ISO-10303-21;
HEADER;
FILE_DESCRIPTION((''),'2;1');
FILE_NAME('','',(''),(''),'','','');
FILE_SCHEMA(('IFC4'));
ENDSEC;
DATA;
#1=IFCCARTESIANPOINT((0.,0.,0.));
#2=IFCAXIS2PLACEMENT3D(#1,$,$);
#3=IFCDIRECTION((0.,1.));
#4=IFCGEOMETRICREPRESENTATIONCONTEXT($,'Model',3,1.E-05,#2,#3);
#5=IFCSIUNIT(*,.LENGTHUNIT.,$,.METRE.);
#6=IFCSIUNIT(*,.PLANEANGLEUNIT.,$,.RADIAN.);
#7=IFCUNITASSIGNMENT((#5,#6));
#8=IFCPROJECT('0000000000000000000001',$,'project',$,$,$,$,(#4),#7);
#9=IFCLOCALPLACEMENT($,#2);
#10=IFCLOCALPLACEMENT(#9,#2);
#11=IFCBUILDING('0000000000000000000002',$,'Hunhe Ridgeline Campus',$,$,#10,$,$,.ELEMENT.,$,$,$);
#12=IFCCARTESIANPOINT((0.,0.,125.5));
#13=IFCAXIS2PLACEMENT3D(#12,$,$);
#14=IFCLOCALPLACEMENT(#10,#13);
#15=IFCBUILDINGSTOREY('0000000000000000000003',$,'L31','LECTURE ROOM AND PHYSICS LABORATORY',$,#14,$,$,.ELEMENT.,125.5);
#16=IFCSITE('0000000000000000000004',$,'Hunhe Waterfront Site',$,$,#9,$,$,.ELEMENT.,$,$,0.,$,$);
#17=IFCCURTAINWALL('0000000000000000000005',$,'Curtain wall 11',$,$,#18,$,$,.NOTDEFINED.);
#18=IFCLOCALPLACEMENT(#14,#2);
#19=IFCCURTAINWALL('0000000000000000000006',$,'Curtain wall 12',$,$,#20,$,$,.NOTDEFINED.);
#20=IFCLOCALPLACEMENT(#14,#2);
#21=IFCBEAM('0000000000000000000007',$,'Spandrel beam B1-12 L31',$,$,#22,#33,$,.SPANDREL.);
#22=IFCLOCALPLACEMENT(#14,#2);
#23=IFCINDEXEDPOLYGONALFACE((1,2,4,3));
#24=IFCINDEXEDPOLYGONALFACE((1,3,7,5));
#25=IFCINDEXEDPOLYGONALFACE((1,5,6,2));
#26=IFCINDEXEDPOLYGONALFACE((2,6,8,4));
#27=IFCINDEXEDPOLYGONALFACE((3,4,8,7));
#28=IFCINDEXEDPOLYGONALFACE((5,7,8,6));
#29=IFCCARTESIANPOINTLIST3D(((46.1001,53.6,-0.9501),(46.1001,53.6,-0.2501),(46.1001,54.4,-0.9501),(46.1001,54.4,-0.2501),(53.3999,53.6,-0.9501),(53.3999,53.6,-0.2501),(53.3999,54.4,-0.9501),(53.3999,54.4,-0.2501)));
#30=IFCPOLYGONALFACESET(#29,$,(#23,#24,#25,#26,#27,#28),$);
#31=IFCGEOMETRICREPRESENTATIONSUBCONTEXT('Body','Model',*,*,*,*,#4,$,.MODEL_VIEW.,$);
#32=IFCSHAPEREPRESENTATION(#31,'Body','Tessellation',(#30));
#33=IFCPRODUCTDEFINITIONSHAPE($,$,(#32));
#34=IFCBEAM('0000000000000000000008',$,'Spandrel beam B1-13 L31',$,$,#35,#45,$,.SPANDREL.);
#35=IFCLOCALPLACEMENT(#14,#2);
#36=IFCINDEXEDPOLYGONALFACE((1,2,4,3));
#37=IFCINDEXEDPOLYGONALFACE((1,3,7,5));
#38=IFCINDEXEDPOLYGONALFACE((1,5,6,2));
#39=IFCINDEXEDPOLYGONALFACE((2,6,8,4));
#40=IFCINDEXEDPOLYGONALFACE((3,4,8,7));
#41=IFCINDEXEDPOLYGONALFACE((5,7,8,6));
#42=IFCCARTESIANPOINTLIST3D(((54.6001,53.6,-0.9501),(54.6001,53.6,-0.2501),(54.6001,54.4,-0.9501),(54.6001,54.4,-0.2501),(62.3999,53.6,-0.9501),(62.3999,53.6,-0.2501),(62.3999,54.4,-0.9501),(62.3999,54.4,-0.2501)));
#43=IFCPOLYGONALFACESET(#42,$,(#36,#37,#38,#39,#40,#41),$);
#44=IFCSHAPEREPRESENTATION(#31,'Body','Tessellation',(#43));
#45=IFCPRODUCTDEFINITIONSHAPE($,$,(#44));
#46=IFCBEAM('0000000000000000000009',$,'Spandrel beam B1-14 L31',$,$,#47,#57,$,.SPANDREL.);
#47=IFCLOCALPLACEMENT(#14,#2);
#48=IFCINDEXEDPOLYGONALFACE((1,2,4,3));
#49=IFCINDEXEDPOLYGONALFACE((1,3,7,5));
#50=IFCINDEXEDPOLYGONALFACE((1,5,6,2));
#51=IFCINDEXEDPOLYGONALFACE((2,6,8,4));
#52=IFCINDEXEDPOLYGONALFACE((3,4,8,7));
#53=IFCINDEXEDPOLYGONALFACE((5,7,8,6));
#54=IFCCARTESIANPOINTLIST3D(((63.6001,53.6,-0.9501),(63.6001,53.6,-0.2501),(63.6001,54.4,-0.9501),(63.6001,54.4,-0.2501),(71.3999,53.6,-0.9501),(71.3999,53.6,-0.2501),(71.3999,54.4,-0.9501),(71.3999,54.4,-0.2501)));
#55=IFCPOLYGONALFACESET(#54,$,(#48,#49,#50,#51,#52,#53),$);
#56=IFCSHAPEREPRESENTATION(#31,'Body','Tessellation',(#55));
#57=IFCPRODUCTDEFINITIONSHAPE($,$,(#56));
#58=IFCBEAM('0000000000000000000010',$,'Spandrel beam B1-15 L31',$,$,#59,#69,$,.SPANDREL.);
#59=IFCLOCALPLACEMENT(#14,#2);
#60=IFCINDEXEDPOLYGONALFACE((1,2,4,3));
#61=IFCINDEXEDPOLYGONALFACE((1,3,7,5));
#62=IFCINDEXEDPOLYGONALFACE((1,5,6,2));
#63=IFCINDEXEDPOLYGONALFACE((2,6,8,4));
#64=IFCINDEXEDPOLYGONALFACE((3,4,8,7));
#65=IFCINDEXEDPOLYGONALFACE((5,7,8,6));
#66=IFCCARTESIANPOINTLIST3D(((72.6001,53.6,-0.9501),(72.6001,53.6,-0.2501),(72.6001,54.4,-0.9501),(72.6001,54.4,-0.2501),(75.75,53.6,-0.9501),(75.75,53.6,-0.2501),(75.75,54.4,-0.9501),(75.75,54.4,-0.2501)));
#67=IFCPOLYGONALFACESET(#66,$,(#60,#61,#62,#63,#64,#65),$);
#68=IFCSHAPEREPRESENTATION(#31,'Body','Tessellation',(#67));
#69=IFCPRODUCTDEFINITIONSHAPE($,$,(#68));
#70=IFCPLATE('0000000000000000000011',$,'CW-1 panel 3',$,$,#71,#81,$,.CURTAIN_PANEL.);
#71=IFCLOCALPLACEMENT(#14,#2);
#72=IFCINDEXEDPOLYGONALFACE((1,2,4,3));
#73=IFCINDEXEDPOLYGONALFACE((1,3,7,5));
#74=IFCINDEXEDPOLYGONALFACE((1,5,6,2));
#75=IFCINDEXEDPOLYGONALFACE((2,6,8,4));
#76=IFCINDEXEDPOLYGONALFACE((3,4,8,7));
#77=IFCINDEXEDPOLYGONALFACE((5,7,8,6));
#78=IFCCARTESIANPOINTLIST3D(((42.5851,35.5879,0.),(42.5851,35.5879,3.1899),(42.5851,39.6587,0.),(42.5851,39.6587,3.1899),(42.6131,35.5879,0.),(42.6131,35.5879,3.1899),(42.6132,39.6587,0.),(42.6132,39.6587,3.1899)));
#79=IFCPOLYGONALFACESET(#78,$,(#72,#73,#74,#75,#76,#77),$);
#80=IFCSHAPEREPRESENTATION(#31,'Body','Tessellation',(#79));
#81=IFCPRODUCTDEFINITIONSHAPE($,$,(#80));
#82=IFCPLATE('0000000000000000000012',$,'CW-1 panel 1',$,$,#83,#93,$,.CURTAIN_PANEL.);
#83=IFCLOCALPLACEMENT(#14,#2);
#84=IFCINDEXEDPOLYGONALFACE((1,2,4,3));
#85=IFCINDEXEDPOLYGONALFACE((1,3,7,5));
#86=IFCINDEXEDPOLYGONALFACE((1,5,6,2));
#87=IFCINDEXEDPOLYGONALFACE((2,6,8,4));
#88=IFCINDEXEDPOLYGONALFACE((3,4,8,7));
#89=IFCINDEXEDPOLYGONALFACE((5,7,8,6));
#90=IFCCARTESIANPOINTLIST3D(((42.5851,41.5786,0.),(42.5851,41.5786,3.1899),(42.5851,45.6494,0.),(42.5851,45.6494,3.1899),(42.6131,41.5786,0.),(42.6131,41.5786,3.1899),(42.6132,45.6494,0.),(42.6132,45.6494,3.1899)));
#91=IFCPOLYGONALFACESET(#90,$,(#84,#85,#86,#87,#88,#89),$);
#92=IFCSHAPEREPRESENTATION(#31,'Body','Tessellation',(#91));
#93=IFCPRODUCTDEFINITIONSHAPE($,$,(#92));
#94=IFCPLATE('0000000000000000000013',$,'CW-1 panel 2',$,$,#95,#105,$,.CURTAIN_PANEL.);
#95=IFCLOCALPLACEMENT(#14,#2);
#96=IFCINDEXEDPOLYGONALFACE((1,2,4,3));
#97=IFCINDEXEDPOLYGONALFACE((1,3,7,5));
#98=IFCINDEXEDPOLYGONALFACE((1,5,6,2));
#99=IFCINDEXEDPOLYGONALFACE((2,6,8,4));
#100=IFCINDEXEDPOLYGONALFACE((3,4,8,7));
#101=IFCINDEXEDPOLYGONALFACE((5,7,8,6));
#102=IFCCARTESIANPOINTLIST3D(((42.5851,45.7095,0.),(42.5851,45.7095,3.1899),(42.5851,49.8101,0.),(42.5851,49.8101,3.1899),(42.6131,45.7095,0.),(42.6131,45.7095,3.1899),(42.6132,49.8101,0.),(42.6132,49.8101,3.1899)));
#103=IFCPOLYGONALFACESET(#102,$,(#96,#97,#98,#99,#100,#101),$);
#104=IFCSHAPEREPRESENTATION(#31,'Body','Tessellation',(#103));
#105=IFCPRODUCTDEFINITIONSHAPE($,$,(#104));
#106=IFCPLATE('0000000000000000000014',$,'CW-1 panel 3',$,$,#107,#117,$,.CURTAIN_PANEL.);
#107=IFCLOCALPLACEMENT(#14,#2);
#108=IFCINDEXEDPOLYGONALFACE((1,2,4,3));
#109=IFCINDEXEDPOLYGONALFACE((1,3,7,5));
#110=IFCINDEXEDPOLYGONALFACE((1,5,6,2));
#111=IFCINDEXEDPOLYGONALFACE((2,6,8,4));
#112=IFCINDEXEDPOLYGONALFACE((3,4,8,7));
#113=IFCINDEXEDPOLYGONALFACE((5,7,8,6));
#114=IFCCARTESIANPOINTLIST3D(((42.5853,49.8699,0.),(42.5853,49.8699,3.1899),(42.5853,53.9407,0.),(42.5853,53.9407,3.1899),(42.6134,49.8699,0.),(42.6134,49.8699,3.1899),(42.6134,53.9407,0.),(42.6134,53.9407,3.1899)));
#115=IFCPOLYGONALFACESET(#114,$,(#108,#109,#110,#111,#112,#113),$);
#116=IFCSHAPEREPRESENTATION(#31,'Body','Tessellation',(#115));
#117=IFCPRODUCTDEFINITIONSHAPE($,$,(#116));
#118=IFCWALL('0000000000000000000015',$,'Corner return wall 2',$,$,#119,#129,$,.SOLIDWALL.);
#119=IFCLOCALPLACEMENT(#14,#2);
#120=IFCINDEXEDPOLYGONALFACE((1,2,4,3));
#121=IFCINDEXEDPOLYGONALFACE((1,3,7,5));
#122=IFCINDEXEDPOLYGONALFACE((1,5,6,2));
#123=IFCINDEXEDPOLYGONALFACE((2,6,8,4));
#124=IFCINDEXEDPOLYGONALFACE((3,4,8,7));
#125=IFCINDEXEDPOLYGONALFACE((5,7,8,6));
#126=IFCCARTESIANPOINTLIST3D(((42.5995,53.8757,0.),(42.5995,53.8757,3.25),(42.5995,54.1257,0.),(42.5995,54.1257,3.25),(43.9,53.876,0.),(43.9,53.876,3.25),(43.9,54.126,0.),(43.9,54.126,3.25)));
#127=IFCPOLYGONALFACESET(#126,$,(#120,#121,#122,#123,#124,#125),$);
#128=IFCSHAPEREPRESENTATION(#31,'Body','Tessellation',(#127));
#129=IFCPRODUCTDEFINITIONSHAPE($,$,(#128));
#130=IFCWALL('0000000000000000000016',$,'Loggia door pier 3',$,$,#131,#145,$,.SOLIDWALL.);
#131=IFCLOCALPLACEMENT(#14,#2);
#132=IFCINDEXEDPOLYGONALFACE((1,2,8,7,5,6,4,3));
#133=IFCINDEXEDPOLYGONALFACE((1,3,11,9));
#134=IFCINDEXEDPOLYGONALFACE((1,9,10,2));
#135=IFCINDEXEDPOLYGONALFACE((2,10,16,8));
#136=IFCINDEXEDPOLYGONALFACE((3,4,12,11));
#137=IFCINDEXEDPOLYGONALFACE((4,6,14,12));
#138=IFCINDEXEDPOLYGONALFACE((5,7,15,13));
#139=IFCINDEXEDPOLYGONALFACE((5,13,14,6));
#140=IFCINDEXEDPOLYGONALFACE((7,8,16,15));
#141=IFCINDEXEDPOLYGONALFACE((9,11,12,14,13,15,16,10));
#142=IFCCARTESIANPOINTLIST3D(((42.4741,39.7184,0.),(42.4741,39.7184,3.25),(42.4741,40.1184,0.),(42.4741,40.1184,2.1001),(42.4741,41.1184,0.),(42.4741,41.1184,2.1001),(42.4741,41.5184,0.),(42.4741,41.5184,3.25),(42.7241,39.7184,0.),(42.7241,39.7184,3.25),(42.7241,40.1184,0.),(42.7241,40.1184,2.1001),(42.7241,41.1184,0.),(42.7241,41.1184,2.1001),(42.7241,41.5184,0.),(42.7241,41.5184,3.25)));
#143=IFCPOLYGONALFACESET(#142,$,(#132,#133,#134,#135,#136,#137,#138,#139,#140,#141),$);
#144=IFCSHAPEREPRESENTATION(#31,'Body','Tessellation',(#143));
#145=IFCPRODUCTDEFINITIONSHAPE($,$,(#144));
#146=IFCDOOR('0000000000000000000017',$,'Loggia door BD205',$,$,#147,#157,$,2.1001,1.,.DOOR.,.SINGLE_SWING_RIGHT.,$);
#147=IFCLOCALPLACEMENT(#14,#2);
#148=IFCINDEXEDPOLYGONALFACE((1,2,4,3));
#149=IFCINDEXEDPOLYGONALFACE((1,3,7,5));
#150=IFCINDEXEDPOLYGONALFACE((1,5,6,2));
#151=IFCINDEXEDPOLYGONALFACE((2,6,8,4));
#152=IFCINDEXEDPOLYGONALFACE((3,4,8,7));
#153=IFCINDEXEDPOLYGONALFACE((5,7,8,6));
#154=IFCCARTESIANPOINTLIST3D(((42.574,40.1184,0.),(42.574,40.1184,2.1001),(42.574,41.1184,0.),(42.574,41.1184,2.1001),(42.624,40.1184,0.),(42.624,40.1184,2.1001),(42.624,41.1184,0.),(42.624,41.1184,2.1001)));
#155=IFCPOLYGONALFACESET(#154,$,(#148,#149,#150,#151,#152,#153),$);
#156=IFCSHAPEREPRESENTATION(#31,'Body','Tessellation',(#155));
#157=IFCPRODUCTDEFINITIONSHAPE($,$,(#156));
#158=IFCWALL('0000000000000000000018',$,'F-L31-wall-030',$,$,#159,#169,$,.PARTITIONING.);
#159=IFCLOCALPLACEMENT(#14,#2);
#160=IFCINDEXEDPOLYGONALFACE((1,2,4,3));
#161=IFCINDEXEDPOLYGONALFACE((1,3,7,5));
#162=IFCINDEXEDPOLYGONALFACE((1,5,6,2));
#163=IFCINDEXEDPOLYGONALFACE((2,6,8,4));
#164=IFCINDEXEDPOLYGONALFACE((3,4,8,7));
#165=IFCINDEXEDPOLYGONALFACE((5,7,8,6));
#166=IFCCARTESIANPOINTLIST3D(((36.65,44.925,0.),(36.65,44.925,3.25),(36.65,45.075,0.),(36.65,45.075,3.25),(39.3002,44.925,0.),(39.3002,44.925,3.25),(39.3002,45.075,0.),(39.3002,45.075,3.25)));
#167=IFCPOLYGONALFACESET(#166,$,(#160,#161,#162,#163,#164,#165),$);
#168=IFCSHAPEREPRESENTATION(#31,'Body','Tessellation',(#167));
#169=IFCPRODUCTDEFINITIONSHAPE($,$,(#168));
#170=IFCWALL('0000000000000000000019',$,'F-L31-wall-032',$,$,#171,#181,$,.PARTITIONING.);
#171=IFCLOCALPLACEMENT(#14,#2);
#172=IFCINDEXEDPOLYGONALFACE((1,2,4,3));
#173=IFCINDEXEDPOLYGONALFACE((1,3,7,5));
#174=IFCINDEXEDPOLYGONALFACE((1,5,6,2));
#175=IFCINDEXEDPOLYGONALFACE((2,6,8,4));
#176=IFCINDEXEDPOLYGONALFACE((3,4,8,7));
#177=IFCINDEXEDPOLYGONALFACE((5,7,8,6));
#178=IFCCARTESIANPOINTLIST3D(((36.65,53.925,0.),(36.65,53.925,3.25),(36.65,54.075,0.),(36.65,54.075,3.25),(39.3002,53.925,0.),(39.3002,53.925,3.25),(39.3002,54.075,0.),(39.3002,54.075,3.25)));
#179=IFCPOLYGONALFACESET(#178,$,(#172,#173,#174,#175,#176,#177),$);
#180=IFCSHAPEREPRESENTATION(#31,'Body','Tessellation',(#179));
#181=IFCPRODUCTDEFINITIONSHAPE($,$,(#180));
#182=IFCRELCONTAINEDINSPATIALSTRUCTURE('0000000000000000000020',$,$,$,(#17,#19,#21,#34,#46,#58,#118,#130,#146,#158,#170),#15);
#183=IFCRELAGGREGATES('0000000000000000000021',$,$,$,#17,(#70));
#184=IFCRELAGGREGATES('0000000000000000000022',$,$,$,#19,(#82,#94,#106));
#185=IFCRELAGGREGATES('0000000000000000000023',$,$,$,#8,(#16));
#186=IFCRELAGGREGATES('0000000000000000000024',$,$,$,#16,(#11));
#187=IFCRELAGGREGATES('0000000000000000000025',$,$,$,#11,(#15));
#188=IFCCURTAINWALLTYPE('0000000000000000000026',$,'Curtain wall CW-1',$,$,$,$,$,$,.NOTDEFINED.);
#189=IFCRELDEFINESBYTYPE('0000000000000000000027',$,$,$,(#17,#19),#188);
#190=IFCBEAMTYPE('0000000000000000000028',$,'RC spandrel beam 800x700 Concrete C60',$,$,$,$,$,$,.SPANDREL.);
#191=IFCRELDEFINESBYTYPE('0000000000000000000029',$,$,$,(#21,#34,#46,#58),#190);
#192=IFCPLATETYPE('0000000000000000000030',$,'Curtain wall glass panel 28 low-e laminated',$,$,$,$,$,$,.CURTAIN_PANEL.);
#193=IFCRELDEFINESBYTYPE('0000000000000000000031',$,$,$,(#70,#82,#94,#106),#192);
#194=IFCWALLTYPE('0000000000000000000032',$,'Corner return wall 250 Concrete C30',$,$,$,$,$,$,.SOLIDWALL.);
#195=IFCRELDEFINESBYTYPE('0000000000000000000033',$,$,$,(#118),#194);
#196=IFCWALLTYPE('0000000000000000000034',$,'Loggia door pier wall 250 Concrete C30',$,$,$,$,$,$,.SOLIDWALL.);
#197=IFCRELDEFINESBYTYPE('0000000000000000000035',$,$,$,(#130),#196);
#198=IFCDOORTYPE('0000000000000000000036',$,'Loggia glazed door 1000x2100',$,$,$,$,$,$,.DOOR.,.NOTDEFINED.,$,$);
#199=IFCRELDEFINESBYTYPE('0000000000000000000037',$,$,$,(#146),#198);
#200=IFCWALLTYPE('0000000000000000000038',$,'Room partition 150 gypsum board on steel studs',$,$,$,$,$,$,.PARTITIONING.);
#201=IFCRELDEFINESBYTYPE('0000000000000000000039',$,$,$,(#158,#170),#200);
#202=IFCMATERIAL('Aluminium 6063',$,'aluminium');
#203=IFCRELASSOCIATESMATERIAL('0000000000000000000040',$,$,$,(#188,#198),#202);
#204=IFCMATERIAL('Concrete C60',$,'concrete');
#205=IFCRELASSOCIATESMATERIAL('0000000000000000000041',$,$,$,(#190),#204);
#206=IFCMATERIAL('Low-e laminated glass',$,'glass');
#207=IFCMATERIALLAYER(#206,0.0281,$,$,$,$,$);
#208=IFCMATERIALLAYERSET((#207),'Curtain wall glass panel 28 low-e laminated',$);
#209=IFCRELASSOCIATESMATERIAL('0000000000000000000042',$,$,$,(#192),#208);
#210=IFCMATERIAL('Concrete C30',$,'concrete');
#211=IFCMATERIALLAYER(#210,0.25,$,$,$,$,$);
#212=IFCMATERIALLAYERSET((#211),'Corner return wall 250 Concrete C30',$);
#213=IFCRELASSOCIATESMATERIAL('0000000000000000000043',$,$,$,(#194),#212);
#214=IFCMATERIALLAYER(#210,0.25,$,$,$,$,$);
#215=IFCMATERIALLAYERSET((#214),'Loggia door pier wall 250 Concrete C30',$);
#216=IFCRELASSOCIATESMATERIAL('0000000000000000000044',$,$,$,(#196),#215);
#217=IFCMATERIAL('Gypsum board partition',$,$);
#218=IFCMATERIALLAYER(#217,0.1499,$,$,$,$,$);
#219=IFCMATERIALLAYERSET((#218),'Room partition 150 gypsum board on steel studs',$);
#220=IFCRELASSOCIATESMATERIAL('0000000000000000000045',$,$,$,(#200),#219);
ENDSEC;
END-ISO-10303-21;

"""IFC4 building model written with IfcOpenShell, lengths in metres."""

from ifc_helpers import new_model, si_unit, direction, frame, frame_2d, origin, origin_2d, place, context, subcontext, project, spatial, rectangle, extrude, material, layer, layer_set, material_profile, profile_set, type_object, element, fill, aggregate, save


model = new_model("IFC4")

# Units and contexts
model_context = context("Model", 3, precision=1e-05, world=origin(), true_north=direction((0.0, 1.0)))
body_context = subcontext(model_context, "Body", "Model", "MODEL_VIEW")
ifc_project = project(units=[si_unit("LENGTHUNIT", "METRE"), si_unit("PLANEANGLEUNIT", "RADIAN")], contexts=[model_context])

# Site, building, storey
site_placement = place(None, origin())
site = spatial("IfcSite", under=ifc_project, at=site_placement, Name="Hunhe Waterfront Site", CompositionType="ELEMENT", RefElevation=0.0)
building_placement = place(site_placement, origin())
building = spatial("IfcBuilding", under=site, at=building_placement, Name="Hunhe Ridgeline Campus", CompositionType="ELEMENT")
storey_placement = place(building_placement, frame((0.0, 0.0, 125.5)))
storey = spatial("IfcBuildingStorey", under=building, at=storey_placement, Name="L31", Description="LECTURE ROOM AND PHYSICS LABORATORY", CompositionType="ELEMENT", Elevation=125.5)

# Curtain wall
ifc_material_1 = material(Name="Aluminium 6063", Category="aluminium")
curtain_wall_type = type_object("IfcCurtainWallType", Name="Curtain wall CW-1", PredefinedType="NOTDEFINED", material=ifc_material_1)
curtain_wall_1_placement = place(storey_placement, origin())
curtain_wall_1 = element("IfcCurtainWall", 1, at=curtain_wall_1_placement, inside=storey, type_object=curtain_wall_type, Name="Curtain wall 11", PredefinedType="NOTDEFINED")

# Curtain wall
curtain_wall_2_placement = place(storey_placement, origin())
curtain_wall_2 = element("IfcCurtainWall", 2, at=curtain_wall_2_placement, inside=storey, type_object=curtain_wall_type, Name="Curtain wall 12", PredefinedType="NOTDEFINED")

# Beams
ifc_material_2 = material(Name="Concrete C60", Category="concrete")
ifc_material_profile_1 = material_profile(ifc_material_2, rectangle(XDim=0.8, YDim=0.7, at=origin_2d()))
ifc_profile_set_1 = profile_set([ifc_material_profile_1], Name="Concrete C60")
beam_type = type_object("IfcBeamType", Name="RC spandrel beam 800x700 Concrete C60", PredefinedType="SPANDREL", material=ifc_profile_set_1)
beam_1_placement = place(storey_placement, frame((46.1001, 54.0, -0.6001), z_axis=(1.0, 0.0, 0.0), x_axis=(0.0, 1.0, 0.0)))
element("IfcBeam", 3, at=beam_1_placement, inside=storey, type_object=beam_type, Name="Spandrel beam B1-12 L31", PredefinedType="SPANDREL", context=body_context, shape_type="SweptSolid", body=[
    extrude(rectangle(XDim=0.8, YDim=0.7, at=origin_2d()), origin(), (0.0, 0.0, 1.0), 7.2998),
])
for number, where, z_axis, x_axis, name in (
    (4, (54.6001, 54.0, -0.6001), (1.0, 0.0, 0.0), (0.0, 1.0, 0.0), "Spandrel beam B1-13 L31"),
    (5, (63.6001, 54.0, -0.6001), (1.0, 0.0, 0.0), (0.0, 1.0, 0.0), "Spandrel beam B1-14 L31"),
):
    element("IfcBeam", number, at=place(storey_placement, frame(where, z_axis=z_axis, x_axis=x_axis)), inside=storey, type_object=beam_type, Name=name, PredefinedType="SPANDREL", context=body_context, shape_type="SweptSolid", body=[
        extrude(rectangle(XDim=0.8, YDim=0.7, at=origin_2d()), origin(), (0.0, 0.0, 1.0), 7.7998),
    ])
beam_2_placement = place(storey_placement, frame((72.6001, 54.0, -0.6001), z_axis=(1.0, 0.0, 0.0), x_axis=(0.0, 1.0, 0.0)))
element("IfcBeam", 6, at=beam_2_placement, inside=storey, type_object=beam_type, Name="Spandrel beam B1-15 L31", PredefinedType="SPANDREL", context=body_context, shape_type="SweptSolid", body=[
    extrude(rectangle(XDim=0.8, YDim=0.7, at=origin_2d()), origin(), (0.0, 0.0, 1.0), 3.1499),
])

# Plates
ifc_material_3 = material(Name="Low-e laminated glass", Category="glass")
ifc_layer_1 = layer(ifc_material_3, 0.0281)
ifc_layer_set_1 = layer_set([ifc_layer_1], Name="Curtain wall glass panel 28 low-e laminated")
plate_type = type_object("IfcPlateType", Name="Curtain wall glass panel 28 low-e laminated", PredefinedType="CURTAIN_PANEL", material=ifc_layer_set_1)
plate_1_placement = place(storey_placement, frame((42.5991, 37.6233, 0.0), z_axis=(0.0, 0.0, 1.0), x_axis=(0.000011, 1.0, 0.0)))
plate_1 = element("IfcPlate", 7, at=plate_1_placement, type_object=plate_type, Name="CW-1 panel 3", PredefinedType="CURTAIN_PANEL", context=body_context, shape_type="SweptSolid", body=[
    extrude(rectangle(XDim=4.0708, YDim=0.0281, at=origin_2d()), origin(), (0.0, 0.0, 1.0), 3.1899),
])
aggregate(curtain_wall_1, [plate_1])
plate_2_placement = place(storey_placement, frame((42.5991, 43.614, 0.0), z_axis=(0.0, 0.0, 1.0), x_axis=(0.000011, 1.0, 0.0)))
plate_2 = element("IfcPlate", 8, at=plate_2_placement, type_object=plate_type, Name="CW-1 panel 1", PredefinedType="CURTAIN_PANEL", context=body_context, shape_type="SweptSolid", body=[
    extrude(rectangle(XDim=4.0708, YDim=0.0281, at=origin_2d()), origin(), (0.0, 0.0, 1.0), 3.1899),
])
plate_3_placement = place(storey_placement, frame((42.5991, 47.7598, 0.0), z_axis=(0.0, 0.0, 1.0), x_axis=(0.000011, 1.0, 0.0)))
plate_3 = element("IfcPlate", 9, at=plate_3_placement, type_object=plate_type, Name="CW-1 panel 2", PredefinedType="CURTAIN_PANEL", context=body_context, shape_type="SweptSolid", body=[
    extrude(rectangle(XDim=4.1006, YDim=0.0281, at=origin_2d()), origin(), (0.0, 0.0, 1.0), 3.1899),
])
plate_4_placement = place(storey_placement, frame((42.5994, 51.9053, 0.0), z_axis=(0.0, 0.0, 1.0), x_axis=(0.000011, 1.0, 0.0)))
plate_4 = element("IfcPlate", 10, at=plate_4_placement, type_object=plate_type, Name="CW-1 panel 3", PredefinedType="CURTAIN_PANEL", context=body_context, shape_type="SweptSolid", body=[
    extrude(rectangle(XDim=4.0708, YDim=0.0281, at=origin_2d()), origin(), (0.0, 0.0, 1.0), 3.1899),
])
aggregate(curtain_wall_2, [plate_2, plate_3, plate_4])

# Wall
ifc_material_4 = material(Name="Concrete C30", Category="concrete")
ifc_layer_2 = layer(ifc_material_4, 0.25)
ifc_layer_set_2 = layer_set([ifc_layer_2], Name="Corner return wall 250 Concrete C30")
wall_type_1 = type_object("IfcWallType", Name="Corner return wall 250 Concrete C30", PredefinedType="SOLIDWALL", material=ifc_layer_set_2)
wall_1_placement = place(storey_placement, frame((42.5994, 54.0007, 0.0), z_axis=(0.0, 0.0, 1.0), x_axis=(1.0, 0.000188, 0.0)))
element("IfcWall", 11, at=wall_1_placement, inside=storey, type_object=wall_type_1, Name="Corner return wall 2", PredefinedType="SOLIDWALL", context=body_context, shape_type="SweptSolid", body=[
    extrude(rectangle(XDim=1.3005, YDim=0.25, at=frame_2d((0.6504, 0.0))), origin(), (0.0, 0.0, 1.0), 3.25),
])

# Wall, opening, door
ifc_layer_3 = layer(ifc_material_4, 0.25)
ifc_layer_set_3 = layer_set([ifc_layer_3], Name="Loggia door pier wall 250 Concrete C30")
wall_type_2 = type_object("IfcWallType", Name="Loggia door pier wall 250 Concrete C30", PredefinedType="SOLIDWALL", material=ifc_layer_set_3)
wall_2_placement = place(storey_placement, frame((42.5991, 39.7185, 0.0), z_axis=(0.0, 0.0, 1.0), x_axis=(0.0, 1.0, 0.0)))
wall_2 = element("IfcWall", 12, at=wall_2_placement, inside=storey, type_object=wall_type_2, Name="Loggia door pier 3", PredefinedType="SOLIDWALL", context=body_context, shape_type="SweptSolid", body=[
    extrude(rectangle(XDim=1.8, YDim=0.25, at=frame_2d((0.8999, 0.0))), origin(), (0.0, 0.0, 1.0), 3.25),
])
opening_placement = place(wall_2_placement, frame((0.3999, 0.0, 0.0)))
opening = element("IfcOpeningElement", 13, at=opening_placement, cuts=wall_2, PredefinedType="OPENING", context=body_context, shape_type="SweptSolid", body=[
    extrude(rectangle(XDim=1.0, YDim=2.1001, at=frame_2d((0.5, 1.05))), frame((0.0, 0.125, 0.0), z_axis=(0.0, -1.0, 0.0), x_axis=(1.0, 0.0, 0.0)), (0.0, 0.0, 1.0), 0.25),
])
door_type = type_object("IfcDoorType", Name="Loggia glazed door 1000x2100", OperationType="NOTDEFINED", PredefinedType="DOOR", material=ifc_material_1)
door_placement = place(opening_placement, frame((1.0, 0.0, 0.0), z_axis=(0.0, 0.0, 1.0), x_axis=(-1.0, 0.0, 0.0)))
door = element("IfcDoor", 14, at=door_placement, inside=storey, type_object=door_type, Name="Loggia door BD205", OperationType="SINGLE_SWING_RIGHT", OverallHeight=2.1001, OverallWidth=1.0, PredefinedType="DOOR", context=body_context, shape_type="SweptSolid", body=[
    extrude(rectangle(XDim=1.0, YDim=2.1001, at=frame_2d((0.5, 1.05))), frame((0.0, 0.0249, 0.0), z_axis=(0.0, -1.0, 0.0), x_axis=(1.0, 0.0, 0.0)), (0.0, 0.0, 1.0), 0.05),
])
fill(opening, door)

# Walls
ifc_material_5 = material(Name="Gypsum board partition")
ifc_layer_4 = layer(ifc_material_5, 0.1499)
ifc_layer_set_4 = layer_set([ifc_layer_4], Name="Room partition 150 gypsum board on steel studs")
wall_type_3 = type_object("IfcWallType", Name="Room partition 150 gypsum board on steel studs", PredefinedType="PARTITIONING", material=ifc_layer_set_4)
for number, where, z_axis, x_axis, name in (
    (15, (36.6499, 45.0, 0.0), (0.0, 0.0, 1.0), (1.0, 0.0, 0.0), "F-L31-wall-030"),
    (16, (36.6499, 54.0, 0.0), (0.0, 0.0, 1.0), (1.0, 0.0, 0.0), "F-L31-wall-032"),
):
    element("IfcWall", number, at=place(storey_placement, frame(where, z_axis=z_axis, x_axis=x_axis)), inside=storey, type_object=wall_type_3, Name=name, PredefinedType="PARTITIONING", context=body_context, shape_type="SweptSolid", body=[
        extrude(rectangle(XDim=2.6501, YDim=0.1499, at=frame_2d((1.3252, 0.0))), origin(), (0.0, 0.0, 1.0), 3.25),
    ])

save(model, "model.ifc")
